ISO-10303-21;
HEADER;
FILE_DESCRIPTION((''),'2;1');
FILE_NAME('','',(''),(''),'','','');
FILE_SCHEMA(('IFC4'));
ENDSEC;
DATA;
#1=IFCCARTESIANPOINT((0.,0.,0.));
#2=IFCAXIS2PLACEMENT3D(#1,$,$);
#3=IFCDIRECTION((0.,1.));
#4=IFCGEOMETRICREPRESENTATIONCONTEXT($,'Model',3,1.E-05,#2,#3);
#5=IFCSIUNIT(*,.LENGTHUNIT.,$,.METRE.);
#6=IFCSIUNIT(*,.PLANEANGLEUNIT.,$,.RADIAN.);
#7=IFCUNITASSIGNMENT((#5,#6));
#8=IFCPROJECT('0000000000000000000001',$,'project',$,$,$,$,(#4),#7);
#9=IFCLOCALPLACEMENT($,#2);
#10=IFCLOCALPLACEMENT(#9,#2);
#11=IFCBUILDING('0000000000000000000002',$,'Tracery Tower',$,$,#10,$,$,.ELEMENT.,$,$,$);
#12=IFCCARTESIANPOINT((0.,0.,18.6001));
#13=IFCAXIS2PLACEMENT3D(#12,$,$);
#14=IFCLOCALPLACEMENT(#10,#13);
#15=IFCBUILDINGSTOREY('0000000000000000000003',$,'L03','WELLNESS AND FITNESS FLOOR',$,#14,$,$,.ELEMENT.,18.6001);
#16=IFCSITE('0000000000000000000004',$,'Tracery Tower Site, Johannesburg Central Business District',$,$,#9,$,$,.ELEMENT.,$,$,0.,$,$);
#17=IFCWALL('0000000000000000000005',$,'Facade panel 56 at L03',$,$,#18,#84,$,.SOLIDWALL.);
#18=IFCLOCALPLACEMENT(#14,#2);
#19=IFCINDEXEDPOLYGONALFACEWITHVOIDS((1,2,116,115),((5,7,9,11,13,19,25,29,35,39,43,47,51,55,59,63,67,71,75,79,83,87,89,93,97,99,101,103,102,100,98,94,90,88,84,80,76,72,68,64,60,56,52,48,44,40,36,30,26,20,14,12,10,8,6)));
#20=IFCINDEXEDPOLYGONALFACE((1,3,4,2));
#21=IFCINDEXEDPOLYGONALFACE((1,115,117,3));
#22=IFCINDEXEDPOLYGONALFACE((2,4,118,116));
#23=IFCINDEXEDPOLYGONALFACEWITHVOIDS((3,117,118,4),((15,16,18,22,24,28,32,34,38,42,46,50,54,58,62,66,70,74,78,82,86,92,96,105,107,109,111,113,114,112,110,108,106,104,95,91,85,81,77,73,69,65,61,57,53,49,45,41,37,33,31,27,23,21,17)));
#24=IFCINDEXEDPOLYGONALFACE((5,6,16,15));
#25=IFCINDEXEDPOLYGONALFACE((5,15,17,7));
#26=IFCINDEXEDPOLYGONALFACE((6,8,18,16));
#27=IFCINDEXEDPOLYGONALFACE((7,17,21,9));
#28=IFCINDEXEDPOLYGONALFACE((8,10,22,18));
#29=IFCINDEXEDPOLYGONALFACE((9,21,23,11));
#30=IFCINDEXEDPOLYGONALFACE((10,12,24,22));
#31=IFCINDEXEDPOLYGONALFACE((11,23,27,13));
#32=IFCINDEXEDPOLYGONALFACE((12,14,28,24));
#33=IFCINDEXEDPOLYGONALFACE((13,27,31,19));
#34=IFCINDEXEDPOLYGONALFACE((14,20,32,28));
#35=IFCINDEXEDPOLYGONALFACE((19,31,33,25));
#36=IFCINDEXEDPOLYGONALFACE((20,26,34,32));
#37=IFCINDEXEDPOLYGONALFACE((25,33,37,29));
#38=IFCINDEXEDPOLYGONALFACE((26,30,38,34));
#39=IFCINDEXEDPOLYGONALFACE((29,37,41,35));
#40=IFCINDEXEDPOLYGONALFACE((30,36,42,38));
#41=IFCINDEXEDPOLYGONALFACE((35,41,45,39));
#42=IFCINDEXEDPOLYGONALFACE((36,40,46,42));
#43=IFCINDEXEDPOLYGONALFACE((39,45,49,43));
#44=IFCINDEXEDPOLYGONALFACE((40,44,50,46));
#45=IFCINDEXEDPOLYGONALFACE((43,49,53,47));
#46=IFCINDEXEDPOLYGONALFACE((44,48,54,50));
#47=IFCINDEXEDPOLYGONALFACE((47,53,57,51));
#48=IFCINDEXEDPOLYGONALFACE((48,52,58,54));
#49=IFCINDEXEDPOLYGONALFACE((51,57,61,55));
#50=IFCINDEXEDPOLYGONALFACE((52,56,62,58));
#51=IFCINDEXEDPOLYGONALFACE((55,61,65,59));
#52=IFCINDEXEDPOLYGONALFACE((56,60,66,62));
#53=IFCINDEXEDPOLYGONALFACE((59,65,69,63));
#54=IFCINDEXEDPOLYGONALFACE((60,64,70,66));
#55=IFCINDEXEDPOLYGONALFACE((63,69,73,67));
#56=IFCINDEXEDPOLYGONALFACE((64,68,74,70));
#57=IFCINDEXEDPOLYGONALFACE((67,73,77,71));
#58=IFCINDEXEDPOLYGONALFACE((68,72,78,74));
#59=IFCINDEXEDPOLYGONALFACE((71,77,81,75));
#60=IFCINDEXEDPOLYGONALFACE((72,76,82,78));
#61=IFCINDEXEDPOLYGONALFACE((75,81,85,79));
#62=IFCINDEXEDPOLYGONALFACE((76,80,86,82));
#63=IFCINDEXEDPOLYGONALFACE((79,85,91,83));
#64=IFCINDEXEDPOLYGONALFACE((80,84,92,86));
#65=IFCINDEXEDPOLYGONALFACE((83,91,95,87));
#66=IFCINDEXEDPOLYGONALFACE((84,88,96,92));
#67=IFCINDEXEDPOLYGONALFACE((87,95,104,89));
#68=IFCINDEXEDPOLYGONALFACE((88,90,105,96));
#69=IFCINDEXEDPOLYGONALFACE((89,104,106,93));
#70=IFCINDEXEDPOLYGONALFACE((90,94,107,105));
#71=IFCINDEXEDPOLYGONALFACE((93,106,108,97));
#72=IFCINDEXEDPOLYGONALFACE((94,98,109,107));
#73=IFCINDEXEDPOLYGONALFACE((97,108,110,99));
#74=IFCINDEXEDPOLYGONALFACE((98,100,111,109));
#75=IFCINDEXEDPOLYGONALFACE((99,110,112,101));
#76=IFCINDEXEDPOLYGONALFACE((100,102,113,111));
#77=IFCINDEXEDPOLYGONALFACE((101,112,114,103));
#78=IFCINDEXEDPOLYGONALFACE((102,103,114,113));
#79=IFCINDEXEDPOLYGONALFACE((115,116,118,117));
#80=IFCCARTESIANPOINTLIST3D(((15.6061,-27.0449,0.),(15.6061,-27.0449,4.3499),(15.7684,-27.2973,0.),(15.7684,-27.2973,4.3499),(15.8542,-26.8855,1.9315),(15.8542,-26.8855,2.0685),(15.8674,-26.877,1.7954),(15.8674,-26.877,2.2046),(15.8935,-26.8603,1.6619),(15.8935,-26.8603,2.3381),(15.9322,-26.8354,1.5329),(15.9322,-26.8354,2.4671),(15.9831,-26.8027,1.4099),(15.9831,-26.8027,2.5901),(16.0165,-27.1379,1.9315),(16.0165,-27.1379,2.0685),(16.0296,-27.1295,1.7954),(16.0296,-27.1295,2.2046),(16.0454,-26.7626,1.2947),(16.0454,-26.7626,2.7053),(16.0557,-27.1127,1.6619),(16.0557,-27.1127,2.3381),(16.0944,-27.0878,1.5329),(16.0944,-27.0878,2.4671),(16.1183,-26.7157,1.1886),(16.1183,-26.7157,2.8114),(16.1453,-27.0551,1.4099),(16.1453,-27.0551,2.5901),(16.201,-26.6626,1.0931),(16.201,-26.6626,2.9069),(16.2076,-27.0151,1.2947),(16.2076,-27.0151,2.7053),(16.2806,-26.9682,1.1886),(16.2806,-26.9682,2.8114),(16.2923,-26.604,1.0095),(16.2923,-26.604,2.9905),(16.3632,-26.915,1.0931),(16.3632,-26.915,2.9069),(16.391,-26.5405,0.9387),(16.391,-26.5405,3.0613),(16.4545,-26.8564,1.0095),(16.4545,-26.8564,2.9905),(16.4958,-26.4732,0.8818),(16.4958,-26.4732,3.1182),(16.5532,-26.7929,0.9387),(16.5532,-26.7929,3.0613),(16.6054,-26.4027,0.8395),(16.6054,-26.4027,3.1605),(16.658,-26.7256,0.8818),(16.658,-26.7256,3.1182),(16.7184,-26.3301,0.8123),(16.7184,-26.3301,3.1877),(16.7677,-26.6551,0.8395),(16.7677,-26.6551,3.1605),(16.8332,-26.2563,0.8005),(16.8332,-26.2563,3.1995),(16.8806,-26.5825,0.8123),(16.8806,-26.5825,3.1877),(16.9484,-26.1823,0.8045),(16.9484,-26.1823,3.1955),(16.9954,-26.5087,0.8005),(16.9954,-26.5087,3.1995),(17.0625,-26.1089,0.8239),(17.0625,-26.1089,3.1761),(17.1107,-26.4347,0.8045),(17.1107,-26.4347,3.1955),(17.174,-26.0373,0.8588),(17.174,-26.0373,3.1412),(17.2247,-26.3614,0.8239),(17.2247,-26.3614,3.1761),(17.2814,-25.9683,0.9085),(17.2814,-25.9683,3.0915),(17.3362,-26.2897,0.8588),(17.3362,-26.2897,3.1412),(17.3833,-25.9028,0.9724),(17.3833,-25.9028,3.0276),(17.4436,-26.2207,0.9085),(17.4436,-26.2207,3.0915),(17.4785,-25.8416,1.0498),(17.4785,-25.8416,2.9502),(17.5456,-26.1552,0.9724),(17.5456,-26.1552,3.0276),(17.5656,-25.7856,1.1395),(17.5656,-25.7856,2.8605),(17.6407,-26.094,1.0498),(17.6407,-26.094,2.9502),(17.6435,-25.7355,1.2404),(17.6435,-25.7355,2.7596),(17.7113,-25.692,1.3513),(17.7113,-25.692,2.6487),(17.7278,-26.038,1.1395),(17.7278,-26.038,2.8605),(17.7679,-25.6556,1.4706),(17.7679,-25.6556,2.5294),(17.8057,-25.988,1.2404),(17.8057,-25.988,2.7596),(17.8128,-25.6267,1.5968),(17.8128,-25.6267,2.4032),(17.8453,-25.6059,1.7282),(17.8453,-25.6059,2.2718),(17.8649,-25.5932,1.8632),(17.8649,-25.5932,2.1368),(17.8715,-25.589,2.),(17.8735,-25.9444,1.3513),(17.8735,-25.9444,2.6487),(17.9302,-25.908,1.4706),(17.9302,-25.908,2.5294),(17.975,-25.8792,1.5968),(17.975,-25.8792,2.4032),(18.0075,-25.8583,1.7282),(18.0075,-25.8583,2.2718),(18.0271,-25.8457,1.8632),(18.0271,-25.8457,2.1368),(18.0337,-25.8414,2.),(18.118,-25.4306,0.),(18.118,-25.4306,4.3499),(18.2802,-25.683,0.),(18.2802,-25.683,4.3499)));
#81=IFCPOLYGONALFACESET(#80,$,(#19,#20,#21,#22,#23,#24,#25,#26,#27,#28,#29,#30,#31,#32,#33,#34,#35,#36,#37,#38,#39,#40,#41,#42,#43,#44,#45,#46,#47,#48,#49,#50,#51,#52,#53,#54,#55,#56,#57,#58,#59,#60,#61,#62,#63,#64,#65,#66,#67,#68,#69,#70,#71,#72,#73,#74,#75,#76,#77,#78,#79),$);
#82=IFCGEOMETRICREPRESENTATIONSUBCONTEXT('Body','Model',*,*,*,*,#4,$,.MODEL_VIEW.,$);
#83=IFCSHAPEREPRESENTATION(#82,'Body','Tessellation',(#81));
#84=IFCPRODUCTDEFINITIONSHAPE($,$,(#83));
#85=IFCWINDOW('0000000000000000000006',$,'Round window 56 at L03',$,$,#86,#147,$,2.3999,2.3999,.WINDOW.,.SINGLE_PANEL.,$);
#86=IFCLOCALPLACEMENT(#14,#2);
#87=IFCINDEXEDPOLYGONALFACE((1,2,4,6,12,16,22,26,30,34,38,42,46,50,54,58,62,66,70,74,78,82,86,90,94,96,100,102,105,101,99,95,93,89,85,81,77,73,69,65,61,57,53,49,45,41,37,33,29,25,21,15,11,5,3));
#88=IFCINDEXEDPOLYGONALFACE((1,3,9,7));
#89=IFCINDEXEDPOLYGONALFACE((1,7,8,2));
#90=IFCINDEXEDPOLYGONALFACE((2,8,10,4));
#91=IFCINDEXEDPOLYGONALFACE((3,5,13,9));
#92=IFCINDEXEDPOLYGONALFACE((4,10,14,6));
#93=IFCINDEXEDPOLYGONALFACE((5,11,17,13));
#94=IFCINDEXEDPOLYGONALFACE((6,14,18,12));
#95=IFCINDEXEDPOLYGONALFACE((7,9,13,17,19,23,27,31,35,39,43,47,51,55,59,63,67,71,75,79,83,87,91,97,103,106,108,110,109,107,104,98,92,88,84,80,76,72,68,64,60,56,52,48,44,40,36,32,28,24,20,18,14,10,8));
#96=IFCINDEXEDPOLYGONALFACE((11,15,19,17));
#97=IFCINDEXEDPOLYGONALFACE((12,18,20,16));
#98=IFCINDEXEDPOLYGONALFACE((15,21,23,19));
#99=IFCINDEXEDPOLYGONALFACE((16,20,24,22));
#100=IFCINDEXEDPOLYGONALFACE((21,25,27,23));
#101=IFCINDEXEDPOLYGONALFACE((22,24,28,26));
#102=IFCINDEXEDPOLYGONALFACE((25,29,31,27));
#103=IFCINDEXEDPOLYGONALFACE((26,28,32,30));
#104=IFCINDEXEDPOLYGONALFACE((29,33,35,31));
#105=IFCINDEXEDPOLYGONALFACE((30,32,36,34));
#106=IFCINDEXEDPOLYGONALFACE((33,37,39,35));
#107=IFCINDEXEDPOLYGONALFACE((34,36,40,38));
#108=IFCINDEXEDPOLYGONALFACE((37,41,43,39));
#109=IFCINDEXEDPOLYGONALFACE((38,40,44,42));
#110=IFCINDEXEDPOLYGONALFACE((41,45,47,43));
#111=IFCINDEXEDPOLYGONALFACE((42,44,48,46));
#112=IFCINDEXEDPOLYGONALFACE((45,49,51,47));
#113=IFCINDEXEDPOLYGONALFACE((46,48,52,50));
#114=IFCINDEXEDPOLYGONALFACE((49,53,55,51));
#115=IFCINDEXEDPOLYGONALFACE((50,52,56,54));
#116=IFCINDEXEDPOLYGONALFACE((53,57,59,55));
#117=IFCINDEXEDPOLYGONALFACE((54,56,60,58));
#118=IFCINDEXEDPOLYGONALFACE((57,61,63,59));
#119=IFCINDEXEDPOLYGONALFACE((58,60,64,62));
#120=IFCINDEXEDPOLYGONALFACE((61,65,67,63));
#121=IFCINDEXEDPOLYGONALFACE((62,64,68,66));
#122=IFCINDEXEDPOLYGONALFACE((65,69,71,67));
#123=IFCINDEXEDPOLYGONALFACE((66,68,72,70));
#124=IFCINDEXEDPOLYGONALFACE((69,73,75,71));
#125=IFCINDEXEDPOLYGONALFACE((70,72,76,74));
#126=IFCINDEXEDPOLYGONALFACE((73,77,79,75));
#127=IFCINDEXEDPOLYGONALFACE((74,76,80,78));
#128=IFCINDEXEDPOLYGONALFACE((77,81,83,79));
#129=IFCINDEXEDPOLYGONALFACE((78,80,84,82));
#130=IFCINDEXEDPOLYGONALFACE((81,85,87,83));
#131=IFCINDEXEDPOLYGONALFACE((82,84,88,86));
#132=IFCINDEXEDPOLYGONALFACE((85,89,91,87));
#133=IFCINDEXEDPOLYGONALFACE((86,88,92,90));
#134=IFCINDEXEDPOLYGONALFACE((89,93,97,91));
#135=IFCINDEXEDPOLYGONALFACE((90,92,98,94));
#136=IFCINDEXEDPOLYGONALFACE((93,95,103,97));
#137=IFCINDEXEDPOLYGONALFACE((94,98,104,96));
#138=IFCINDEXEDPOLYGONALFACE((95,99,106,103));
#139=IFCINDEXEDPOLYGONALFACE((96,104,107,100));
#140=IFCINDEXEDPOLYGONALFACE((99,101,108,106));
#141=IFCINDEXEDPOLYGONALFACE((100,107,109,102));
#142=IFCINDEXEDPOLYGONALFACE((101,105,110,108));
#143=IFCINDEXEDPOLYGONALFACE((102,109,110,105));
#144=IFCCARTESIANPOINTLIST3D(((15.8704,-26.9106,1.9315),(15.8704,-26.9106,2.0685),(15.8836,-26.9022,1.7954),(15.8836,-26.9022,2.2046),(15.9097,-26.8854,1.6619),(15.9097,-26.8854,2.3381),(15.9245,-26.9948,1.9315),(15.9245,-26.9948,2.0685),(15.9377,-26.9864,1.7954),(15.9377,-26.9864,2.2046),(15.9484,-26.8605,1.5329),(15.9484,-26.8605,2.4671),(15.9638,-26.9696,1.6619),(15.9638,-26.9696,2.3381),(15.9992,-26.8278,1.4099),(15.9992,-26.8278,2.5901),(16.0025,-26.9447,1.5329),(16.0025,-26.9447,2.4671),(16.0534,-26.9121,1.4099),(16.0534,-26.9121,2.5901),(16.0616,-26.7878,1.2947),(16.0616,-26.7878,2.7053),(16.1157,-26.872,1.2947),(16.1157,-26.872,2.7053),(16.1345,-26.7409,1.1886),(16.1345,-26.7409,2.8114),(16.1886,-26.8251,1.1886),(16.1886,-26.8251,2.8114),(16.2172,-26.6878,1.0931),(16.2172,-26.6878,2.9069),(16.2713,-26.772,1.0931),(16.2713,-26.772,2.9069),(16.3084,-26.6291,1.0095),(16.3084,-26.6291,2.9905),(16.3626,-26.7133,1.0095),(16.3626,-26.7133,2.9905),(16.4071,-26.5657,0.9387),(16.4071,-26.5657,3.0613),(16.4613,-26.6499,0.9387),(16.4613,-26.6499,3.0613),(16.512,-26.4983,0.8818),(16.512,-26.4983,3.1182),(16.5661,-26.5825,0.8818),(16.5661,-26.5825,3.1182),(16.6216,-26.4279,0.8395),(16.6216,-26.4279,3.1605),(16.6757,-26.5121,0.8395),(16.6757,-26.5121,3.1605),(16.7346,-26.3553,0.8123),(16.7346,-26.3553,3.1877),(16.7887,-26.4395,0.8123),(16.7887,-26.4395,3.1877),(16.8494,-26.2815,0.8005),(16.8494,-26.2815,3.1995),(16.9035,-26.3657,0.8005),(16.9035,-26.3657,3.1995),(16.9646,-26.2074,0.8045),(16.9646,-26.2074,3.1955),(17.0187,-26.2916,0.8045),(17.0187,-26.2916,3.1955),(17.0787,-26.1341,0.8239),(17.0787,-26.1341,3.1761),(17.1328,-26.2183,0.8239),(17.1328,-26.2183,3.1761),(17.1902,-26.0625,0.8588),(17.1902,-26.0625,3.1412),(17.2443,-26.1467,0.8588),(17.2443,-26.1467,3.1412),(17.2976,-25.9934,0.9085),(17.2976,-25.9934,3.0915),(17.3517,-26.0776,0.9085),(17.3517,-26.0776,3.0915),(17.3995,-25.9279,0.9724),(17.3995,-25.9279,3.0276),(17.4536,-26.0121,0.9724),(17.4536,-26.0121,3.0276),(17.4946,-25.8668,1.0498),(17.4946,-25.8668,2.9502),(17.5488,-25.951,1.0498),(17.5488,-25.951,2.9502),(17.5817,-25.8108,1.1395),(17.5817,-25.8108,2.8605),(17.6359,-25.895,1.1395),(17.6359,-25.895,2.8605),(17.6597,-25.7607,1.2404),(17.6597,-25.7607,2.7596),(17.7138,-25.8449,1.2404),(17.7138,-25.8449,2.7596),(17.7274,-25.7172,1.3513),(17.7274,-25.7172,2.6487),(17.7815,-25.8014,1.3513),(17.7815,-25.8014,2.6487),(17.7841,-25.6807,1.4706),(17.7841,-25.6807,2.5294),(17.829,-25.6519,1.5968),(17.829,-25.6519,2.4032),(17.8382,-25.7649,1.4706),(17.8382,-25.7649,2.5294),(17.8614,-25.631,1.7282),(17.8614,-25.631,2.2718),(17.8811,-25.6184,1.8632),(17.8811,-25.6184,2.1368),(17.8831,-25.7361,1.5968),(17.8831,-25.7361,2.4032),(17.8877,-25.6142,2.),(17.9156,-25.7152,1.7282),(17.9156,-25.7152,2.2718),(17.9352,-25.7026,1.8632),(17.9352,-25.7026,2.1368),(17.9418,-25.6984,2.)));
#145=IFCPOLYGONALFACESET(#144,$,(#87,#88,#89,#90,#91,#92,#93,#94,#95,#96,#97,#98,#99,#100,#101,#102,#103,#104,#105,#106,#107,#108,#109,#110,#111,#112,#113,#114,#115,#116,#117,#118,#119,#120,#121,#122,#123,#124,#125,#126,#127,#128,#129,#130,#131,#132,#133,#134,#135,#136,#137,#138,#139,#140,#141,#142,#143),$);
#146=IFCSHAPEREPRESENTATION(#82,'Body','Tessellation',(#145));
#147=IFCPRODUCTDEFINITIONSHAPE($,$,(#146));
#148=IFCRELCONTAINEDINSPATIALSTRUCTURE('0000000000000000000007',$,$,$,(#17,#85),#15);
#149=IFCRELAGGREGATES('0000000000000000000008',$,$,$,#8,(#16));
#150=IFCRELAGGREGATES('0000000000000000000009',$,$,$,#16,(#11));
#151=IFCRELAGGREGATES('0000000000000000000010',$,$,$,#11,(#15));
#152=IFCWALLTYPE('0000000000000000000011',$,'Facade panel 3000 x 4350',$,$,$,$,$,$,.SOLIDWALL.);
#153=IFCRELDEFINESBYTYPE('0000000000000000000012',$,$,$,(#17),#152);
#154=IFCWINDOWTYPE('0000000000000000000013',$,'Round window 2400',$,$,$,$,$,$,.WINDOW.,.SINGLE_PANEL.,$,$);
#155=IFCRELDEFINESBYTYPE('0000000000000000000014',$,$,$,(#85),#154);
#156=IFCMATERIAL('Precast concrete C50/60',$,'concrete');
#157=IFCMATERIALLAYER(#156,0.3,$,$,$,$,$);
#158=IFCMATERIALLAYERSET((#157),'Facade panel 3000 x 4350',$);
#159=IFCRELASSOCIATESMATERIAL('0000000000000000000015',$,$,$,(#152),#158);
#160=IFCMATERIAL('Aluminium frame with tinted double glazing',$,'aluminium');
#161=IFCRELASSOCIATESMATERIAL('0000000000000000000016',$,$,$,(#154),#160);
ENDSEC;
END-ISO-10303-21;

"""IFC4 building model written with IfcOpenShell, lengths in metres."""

from ifc_helpers import new_model, si_unit, direction, frame, frame_2d, origin, origin_2d, place, context, subcontext, project, spatial, rectangle, circle, extrude, material, layer, layer_set, type_object, element, fill, save


model = new_model("IFC4")

# Units and contexts
model_context = context("Model", 3, precision=1e-05, world=origin(), true_north=direction((0.0, 1.0)))
body_context = subcontext(model_context, "Body", "Model", "MODEL_VIEW")
ifc_project = project(units=[si_unit("LENGTHUNIT", "METRE"), si_unit("PLANEANGLEUNIT", "RADIAN")], contexts=[model_context])

# Site, building, storey
site_placement = place(None, origin())
site = spatial("IfcSite", under=ifc_project, at=site_placement, Name="Tracery Tower Site, Johannesburg Central Business District", CompositionType="ELEMENT", RefElevation=0.0)
building_placement = place(site_placement, origin())
building = spatial("IfcBuilding", under=site, at=building_placement, Name="Tracery Tower", CompositionType="ELEMENT")
storey_placement = place(building_placement, frame((0.0, 0.0, 18.6001)))
storey = spatial("IfcBuildingStorey", under=building, at=storey_placement, Name="L03", Description="WELLNESS AND FITNESS FLOOR", CompositionType="ELEMENT", Elevation=18.6001)

# Wall, opening, window
ifc_material_1 = material(Name="Precast concrete C50/60", Category="concrete")
ifc_layer_1 = layer(ifc_material_1, 0.3)
ifc_layer_set_1 = layer_set([ifc_layer_1], Name="Facade panel 3000 x 4350")
wall_type_1 = type_object("IfcWallType", Name="Facade panel 3000 x 4350", PredefinedType="SOLIDWALL", material=ifc_layer_set_1)
wall_1_placement = place(storey_placement, frame((15.6873, -27.1711, 0.0), z_axis=(0.0, 0.0, 1.0), x_axis=(0.841242, 0.540658, 0.0)))
wall_1 = element("IfcWall", 1, at=wall_1_placement, inside=storey, type_object=wall_type_1, Name="Facade panel 56 at L03", PredefinedType="SOLIDWALL", context=body_context, shape_type="SweptSolid", body=[
    extrude(rectangle(XDim=2.9858, YDim=0.3, at=frame_2d((1.4929, 0.0))), origin(), (0.0, 0.0, 1.0), 4.3499),
])
opening_1_placement = place(wall_1_placement, frame((1.4929, 0.0, 2.0)))
opening_1 = element("IfcOpeningElement", 2, at=opening_1_placement, cuts=wall_1, PredefinedType="OPENING", context=body_context, shape_type="SweptSolid", body=[
    extrude(circle(Radius=1.2, at=origin_2d()), frame((0.0, 0.1599, 0.0), z_axis=(0.0, -1.0, 0.0), x_axis=(1.0, 0.0, 0.0)), (0.0, 0.0, 1.0), 0.3201),
])
ifc_material_2 = material(Name="Aluminium frame with tinted double glazing", Category="aluminium")
window_type = type_object("IfcWindowType", Name="Round window 2400", PartitioningType="SINGLE_PANEL", PredefinedType="WINDOW", material=ifc_material_2)
window_1_placement = place(opening_1_placement, origin())
window_1 = element("IfcWindow", 3, at=window_1_placement, inside=storey, type_object=window_type, Name="Round window 56 at L03", OverallHeight=2.3999, OverallWidth=2.3999, PartitioningType="SINGLE_PANEL", PredefinedType="WINDOW", context=body_context, shape_type="SweptSolid", body=[
    extrude(circle(Radius=1.2, at=origin_2d()), frame((0.0, 0.1201, 0.0), z_axis=(0.0, -1.0, 0.0), x_axis=(1.0, 0.0, 0.0)), (0.0, 0.0, 1.0), 0.1001),
])
fill(opening_1, window_1)

save(model, "model.ifc")
